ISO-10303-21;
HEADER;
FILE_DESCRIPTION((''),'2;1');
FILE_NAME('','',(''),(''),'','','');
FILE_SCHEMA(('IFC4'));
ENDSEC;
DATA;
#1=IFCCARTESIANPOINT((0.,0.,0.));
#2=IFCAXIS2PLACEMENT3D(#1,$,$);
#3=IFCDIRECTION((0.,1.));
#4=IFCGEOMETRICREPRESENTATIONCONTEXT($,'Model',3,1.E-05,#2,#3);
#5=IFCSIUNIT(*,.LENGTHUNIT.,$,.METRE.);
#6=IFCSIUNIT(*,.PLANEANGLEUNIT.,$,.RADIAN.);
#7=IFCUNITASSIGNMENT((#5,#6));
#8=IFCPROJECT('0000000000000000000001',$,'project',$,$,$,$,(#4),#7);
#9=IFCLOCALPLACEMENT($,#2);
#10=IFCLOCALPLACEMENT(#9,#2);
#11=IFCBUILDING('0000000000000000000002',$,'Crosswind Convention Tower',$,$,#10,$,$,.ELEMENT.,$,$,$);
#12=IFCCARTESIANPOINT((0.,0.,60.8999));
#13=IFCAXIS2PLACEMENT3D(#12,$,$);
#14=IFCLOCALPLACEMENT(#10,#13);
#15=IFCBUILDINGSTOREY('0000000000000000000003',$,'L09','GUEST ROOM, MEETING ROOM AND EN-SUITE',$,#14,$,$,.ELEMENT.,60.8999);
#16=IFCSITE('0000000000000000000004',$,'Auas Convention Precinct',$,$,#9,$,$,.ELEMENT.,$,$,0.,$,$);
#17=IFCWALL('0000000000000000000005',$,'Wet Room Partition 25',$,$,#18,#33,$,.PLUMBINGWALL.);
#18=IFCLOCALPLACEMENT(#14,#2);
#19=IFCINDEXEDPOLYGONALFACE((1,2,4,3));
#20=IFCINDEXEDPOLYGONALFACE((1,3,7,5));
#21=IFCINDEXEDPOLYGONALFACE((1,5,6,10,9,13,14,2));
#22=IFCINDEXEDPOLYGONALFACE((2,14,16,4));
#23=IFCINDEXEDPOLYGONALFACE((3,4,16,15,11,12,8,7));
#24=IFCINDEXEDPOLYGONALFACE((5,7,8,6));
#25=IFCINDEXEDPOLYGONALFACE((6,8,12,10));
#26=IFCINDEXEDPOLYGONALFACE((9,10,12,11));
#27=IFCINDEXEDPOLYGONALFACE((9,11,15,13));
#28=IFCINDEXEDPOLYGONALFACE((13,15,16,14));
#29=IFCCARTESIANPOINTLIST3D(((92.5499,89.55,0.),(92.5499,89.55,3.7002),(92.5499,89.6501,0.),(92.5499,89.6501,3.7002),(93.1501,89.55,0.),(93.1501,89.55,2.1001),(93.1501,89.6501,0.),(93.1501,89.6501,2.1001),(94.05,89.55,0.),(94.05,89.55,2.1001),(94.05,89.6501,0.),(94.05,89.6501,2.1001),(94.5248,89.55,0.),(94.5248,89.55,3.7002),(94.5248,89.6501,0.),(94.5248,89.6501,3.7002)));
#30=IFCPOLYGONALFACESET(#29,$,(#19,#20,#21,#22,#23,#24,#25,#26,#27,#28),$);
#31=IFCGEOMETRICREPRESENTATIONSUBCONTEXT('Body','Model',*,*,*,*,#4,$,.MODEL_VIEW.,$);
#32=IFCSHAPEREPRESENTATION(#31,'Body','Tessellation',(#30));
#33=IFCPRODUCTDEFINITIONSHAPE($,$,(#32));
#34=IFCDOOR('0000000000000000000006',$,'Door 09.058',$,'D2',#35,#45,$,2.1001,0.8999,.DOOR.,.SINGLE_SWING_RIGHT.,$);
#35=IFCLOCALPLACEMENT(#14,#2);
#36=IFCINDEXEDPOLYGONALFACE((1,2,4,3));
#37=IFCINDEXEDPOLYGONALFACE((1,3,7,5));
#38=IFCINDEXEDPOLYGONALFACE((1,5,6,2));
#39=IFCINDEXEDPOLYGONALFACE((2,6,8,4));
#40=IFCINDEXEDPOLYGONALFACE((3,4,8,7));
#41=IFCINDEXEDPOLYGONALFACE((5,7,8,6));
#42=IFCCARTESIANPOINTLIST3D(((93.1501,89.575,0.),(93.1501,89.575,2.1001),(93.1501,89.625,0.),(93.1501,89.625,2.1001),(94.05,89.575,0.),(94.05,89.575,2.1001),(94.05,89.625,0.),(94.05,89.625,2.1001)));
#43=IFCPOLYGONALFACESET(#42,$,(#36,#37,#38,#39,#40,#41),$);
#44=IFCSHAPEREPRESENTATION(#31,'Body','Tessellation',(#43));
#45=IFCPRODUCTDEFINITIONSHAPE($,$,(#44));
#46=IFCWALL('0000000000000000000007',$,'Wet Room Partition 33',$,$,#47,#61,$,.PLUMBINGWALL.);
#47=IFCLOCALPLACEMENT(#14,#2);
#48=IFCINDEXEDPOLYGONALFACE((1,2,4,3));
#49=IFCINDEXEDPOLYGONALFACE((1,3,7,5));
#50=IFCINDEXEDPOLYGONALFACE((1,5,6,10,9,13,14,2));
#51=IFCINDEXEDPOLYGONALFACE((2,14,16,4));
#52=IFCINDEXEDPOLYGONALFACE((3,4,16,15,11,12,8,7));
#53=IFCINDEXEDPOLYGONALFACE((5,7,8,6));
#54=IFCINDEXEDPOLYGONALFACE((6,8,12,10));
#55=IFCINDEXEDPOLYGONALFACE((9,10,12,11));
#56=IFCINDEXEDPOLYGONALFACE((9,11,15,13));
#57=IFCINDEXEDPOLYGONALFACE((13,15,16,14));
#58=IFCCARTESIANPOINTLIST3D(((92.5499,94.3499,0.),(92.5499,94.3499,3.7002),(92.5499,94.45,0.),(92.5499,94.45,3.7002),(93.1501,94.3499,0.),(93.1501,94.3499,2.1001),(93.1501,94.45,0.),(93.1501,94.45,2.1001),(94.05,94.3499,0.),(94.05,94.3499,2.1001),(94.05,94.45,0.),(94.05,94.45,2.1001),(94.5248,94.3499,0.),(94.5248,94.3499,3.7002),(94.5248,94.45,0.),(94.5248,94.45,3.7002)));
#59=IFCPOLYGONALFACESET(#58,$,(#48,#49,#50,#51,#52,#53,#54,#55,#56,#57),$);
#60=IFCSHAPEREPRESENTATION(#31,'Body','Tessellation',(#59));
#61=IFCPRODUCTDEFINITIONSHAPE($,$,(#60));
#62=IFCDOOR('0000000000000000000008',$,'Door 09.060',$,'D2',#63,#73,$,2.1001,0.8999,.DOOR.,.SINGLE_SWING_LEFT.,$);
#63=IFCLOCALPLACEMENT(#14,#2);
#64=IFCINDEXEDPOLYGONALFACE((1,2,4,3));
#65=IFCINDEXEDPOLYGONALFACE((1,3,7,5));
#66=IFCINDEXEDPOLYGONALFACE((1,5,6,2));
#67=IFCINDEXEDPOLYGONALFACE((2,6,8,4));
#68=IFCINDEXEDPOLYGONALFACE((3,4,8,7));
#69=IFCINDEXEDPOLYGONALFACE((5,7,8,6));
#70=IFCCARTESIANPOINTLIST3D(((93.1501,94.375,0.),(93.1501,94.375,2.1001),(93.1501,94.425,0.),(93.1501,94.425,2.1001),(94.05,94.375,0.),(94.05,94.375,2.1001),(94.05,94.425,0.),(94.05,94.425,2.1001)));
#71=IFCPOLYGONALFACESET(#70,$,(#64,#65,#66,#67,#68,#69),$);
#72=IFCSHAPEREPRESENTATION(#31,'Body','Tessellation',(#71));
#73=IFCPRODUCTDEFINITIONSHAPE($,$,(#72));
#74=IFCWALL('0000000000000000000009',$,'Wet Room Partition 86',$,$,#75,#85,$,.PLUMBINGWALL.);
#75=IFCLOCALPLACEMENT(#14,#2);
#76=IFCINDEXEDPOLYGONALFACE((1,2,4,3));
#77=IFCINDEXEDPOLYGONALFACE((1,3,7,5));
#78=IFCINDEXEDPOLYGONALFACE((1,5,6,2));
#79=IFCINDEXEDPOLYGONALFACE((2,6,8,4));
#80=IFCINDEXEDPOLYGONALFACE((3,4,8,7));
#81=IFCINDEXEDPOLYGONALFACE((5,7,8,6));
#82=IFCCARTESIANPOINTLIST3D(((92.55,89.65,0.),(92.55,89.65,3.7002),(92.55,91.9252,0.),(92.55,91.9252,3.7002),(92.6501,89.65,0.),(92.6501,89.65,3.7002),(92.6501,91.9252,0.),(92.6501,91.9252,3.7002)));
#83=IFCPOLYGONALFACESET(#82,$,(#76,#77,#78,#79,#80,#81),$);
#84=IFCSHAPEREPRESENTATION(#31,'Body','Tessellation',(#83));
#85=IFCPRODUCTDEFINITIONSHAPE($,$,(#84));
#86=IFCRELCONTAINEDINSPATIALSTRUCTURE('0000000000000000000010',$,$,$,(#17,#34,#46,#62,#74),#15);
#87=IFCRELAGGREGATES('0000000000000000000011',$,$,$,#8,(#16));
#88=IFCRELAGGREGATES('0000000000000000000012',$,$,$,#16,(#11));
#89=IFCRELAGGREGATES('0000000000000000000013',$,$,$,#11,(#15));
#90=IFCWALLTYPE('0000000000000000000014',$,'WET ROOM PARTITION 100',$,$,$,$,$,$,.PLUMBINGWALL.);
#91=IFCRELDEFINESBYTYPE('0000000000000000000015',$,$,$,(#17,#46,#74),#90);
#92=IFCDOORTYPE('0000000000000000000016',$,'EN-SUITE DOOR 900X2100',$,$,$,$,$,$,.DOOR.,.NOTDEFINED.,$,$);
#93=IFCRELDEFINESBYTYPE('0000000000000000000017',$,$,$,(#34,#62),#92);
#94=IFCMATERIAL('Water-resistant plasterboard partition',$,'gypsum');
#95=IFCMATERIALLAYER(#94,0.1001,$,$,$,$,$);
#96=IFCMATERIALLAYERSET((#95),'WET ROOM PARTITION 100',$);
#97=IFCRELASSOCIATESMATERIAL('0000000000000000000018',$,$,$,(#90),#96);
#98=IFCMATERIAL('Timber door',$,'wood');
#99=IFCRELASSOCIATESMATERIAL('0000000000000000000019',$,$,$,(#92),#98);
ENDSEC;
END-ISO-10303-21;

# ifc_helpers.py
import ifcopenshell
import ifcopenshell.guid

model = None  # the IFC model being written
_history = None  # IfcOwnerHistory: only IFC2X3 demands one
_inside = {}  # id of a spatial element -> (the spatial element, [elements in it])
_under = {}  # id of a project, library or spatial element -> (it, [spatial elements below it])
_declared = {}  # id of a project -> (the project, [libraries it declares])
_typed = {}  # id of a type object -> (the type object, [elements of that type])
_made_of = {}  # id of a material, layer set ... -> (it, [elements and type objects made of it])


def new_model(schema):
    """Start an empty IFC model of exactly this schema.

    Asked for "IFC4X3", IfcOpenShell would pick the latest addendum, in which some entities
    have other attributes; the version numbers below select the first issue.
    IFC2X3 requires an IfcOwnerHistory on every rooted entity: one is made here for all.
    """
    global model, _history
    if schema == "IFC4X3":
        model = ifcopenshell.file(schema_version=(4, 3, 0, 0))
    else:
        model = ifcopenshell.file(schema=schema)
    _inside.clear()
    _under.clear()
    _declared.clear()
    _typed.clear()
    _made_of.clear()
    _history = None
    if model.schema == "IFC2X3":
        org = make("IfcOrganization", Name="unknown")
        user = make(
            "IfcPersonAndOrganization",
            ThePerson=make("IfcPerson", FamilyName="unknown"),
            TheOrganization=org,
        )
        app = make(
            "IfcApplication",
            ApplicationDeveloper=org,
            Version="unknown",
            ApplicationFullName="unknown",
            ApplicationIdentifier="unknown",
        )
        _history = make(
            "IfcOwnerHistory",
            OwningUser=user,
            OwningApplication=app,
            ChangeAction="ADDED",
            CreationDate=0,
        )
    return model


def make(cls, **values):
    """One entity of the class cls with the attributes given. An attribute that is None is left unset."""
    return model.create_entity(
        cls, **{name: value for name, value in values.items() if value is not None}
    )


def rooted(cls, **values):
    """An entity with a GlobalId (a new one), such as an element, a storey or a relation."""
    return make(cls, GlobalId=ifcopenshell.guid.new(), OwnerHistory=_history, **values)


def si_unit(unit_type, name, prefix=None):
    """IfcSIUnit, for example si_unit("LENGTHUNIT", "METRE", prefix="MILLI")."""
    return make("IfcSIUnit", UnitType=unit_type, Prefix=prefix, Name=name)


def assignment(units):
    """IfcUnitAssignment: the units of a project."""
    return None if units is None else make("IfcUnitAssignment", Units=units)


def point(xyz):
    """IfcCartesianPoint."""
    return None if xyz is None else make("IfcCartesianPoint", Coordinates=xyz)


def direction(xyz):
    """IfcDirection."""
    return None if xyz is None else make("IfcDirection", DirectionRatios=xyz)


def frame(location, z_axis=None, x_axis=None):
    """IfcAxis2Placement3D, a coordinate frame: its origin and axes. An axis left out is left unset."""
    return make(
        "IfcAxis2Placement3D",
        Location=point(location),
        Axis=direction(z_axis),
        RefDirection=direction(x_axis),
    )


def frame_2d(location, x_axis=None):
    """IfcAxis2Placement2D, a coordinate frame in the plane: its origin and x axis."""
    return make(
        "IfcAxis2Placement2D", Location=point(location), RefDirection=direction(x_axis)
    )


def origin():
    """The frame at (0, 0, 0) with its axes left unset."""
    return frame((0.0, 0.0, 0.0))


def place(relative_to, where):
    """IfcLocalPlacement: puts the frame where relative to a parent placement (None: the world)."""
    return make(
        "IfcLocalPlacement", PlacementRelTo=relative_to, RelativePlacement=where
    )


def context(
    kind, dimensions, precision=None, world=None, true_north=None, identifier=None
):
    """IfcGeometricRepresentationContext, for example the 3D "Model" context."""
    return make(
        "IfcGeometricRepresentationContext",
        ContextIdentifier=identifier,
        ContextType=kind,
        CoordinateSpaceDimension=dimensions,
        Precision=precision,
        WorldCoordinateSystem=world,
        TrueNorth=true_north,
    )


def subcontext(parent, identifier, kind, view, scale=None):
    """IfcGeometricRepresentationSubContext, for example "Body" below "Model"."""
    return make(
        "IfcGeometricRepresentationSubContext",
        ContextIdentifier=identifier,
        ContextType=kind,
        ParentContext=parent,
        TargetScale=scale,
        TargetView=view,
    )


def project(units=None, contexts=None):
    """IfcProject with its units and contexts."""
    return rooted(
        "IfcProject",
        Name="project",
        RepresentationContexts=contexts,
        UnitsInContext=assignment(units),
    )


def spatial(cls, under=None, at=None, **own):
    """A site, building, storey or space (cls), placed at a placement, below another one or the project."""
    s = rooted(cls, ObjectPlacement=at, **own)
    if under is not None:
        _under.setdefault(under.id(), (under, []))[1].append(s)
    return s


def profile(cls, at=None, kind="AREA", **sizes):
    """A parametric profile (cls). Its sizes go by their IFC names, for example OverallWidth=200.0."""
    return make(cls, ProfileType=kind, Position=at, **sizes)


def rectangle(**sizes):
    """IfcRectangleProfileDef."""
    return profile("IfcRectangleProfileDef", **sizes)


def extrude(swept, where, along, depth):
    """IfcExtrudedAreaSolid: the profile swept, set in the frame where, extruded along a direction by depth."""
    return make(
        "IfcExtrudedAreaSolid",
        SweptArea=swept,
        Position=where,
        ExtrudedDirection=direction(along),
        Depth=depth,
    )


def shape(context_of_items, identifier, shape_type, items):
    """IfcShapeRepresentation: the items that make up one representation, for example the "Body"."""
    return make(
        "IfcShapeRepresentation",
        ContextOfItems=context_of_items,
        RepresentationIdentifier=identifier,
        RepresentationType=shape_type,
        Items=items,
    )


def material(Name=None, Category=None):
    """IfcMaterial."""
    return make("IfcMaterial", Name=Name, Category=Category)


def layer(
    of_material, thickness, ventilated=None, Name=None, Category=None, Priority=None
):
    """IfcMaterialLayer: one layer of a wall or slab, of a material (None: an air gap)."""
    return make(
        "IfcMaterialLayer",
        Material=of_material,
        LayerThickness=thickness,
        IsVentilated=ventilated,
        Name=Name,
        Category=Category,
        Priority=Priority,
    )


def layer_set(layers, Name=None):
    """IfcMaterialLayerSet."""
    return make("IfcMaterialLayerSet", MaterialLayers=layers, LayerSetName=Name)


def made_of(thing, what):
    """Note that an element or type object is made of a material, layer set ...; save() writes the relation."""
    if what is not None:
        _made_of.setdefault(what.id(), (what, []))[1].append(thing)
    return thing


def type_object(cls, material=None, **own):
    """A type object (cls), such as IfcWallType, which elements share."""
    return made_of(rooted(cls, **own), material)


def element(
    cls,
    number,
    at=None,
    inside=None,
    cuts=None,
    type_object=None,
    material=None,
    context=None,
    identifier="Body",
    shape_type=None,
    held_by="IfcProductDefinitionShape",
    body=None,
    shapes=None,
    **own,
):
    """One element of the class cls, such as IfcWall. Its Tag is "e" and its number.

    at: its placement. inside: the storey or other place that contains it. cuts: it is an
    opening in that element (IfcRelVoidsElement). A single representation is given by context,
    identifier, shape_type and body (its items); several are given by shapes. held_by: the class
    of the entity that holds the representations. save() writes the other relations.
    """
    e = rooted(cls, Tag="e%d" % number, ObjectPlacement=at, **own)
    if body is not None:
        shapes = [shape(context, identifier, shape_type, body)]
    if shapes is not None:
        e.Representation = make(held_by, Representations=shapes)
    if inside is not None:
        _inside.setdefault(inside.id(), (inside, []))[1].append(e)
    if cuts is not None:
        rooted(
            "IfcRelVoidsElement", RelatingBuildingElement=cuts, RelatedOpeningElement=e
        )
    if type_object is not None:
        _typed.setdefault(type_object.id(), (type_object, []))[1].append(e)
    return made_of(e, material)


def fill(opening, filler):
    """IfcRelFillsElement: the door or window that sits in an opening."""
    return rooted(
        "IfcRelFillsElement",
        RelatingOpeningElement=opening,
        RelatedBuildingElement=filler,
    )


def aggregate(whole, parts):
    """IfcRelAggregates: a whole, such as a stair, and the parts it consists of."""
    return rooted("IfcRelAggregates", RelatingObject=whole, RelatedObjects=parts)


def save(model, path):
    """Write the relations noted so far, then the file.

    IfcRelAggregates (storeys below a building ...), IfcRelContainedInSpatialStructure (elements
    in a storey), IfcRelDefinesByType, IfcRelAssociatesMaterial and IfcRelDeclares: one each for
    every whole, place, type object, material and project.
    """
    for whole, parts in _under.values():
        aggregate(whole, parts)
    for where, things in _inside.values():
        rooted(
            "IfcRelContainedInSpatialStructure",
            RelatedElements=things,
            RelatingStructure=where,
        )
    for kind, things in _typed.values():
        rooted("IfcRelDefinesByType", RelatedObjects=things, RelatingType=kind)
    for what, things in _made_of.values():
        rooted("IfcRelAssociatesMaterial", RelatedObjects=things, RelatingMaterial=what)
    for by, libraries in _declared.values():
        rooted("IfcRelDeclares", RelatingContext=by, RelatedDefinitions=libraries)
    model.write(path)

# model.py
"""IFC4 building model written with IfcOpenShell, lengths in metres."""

from ifc_helpers import new_model, si_unit, direction, frame, frame_2d, origin, place, context, subcontext, project, spatial, rectangle, extrude, material, layer, layer_set, type_object, element, fill, save


model = new_model("IFC4")

# Units and contexts
model_context = context("Model", 3, precision=1e-05, world=origin(), true_north=direction((0.0, 1.0)))
body_context = subcontext(model_context, "Body", "Model", "MODEL_VIEW")
ifc_project = project(units=[si_unit("LENGTHUNIT", "METRE"), si_unit("PLANEANGLEUNIT", "RADIAN")], contexts=[model_context])

# Site, building, storey
site_placement = place(None, origin())
site = spatial("IfcSite", under=ifc_project, at=site_placement, Name="Auas Convention Precinct", CompositionType="ELEMENT", RefElevation=0.0)
building_placement = place(site_placement, origin())
building = spatial("IfcBuilding", under=site, at=building_placement, Name="Crosswind Convention Tower", CompositionType="ELEMENT")
storey_placement = place(building_placement, frame((0.0, 0.0, 60.8999)))
storey = spatial("IfcBuildingStorey", under=building, at=storey_placement, Name="L09", Description="GUEST ROOM, MEETING ROOM AND EN-SUITE", CompositionType="ELEMENT", Elevation=60.8999)

# Walls, openings, doors
ifc_material_1 = material(Name="Water-resistant plasterboard partition", Category="gypsum")
ifc_layer_1 = layer(ifc_material_1, 0.1001)
ifc_layer_set_1 = layer_set([ifc_layer_1], Name="WET ROOM PARTITION 100")
wall_type_1 = type_object("IfcWallType", Name="WET ROOM PARTITION 100", PredefinedType="PLUMBINGWALL", material=ifc_layer_set_1)
wall_1_placement = place(storey_placement, frame((92.55, 89.6001, 0.0), z_axis=(0.0, 0.0, 1.0), x_axis=(1.0, 0.0, 0.0)))
wall_1 = element("IfcWall", 1, at=wall_1_placement, inside=storey, type_object=wall_type_1, Name="Wet Room Partition 25", PredefinedType="PLUMBINGWALL", context=body_context, shape_type="SweptSolid", body=[
    extrude(rectangle(XDim=1.9749, YDim=0.1001, at=frame_2d((0.9873, 0.0))), origin(), (0.0, 0.0, 1.0), 3.7002),
])
opening_1_placement = place(wall_1_placement, frame((0.6001, 0.0, 0.0)))
opening_1 = element("IfcOpeningElement", 2, at=opening_1_placement, cuts=wall_1, PredefinedType="OPENING", context=body_context, shape_type="SweptSolid", body=[
    extrude(rectangle(XDim=0.8999, YDim=2.1001, at=frame_2d((0.45, 1.05))), frame((0.0, 0.0601, 0.0), z_axis=(0.0, -1.0, 0.0), x_axis=(1.0, 0.0, 0.0)), (0.0, 0.0, 1.0), 0.1201),
])
ifc_material_2 = material(Name="Timber door", Category="wood")
door_type = type_object("IfcDoorType", Name="EN-SUITE DOOR 900X2100", OperationType="NOTDEFINED", PredefinedType="DOOR", material=ifc_material_2)
door_1_placement = place(opening_1_placement, origin())
door_1 = element("IfcDoor", 3, at=door_1_placement, inside=storey, type_object=door_type, Name="Door 09.058", ObjectType="D2", OperationType="SINGLE_SWING_RIGHT", OverallHeight=2.1001, OverallWidth=0.8999, PredefinedType="DOOR", context=body_context, shape_type="SweptSolid", body=[
    extrude(rectangle(XDim=0.8999, YDim=2.1001, at=frame_2d((0.45, 1.05))), frame((0.0, 0.0249, 0.0), z_axis=(0.0, -1.0, 0.0), x_axis=(1.0, 0.0, 0.0)), (0.0, 0.0, 1.0), 0.05),
])
fill(opening_1, door_1)
wall_2_placement = place(storey_placement, frame((92.55, 94.3999, 0.0), z_axis=(0.0, 0.0, 1.0), x_axis=(1.0, 0.0, 0.0)))
wall_2 = element("IfcWall", 4, at=wall_2_placement, inside=storey, type_object=wall_type_1, Name="Wet Room Partition 33", PredefinedType="PLUMBINGWALL", context=body_context, shape_type="SweptSolid", body=[
    extrude(rectangle(XDim=1.9749, YDim=0.1001, at=frame_2d((0.9873, 0.0))), origin(), (0.0, 0.0, 1.0), 3.7002),
])
opening_2_placement = place(wall_2_placement, frame((0.6001, 0.0, 0.0)))
opening_2 = element("IfcOpeningElement", 5, at=opening_2_placement, cuts=wall_2, PredefinedType="OPENING", context=body_context, shape_type="SweptSolid", body=[
    extrude(rectangle(XDim=0.8999, YDim=2.1001, at=frame_2d((0.45, 1.05))), frame((0.0, 0.0601, 0.0), z_axis=(0.0, -1.0, 0.0), x_axis=(1.0, 0.0, 0.0)), (0.0, 0.0, 1.0), 0.1201),
])
door_2_placement = place(opening_2_placement, frame((0.8999, 0.0, 0.0), z_axis=(0.0, 0.0, 1.0), x_axis=(-1.0, 0.0, 0.0)))
door_2 = element("IfcDoor", 6, at=door_2_placement, inside=storey, type_object=door_type, Name="Door 09.060", ObjectType="D2", OperationType="SINGLE_SWING_LEFT", OverallHeight=2.1001, OverallWidth=0.8999, PredefinedType="DOOR", context=body_context, shape_type="SweptSolid", body=[
    extrude(rectangle(XDim=0.8999, YDim=2.1001, at=frame_2d((0.45, 1.05))), frame((0.0, 0.0249, 0.0), z_axis=(0.0, -1.0, 0.0), x_axis=(1.0, 0.0, 0.0)), (0.0, 0.0, 1.0), 0.05),
])
fill(opening_2, door_2)

# Wall
wall_3_placement = place(storey_placement, frame((92.6001, 89.6499, 0.0), z_axis=(0.0, 0.0, 1.0), x_axis=(0.0, 1.0, 0.0)))
element("IfcWall", 7, at=wall_3_placement, inside=storey, type_object=wall_type_1, Name="Wet Room Partition 86", PredefinedType="PLUMBINGWALL", context=body_context, shape_type="SweptSolid", body=[
    extrude(rectangle(XDim=2.2751, YDim=0.1001, at=frame_2d((1.1377, 0.0))), origin(), (0.0, 0.0, 1.0), 3.7002),
])

save(model, "model.ifc")
